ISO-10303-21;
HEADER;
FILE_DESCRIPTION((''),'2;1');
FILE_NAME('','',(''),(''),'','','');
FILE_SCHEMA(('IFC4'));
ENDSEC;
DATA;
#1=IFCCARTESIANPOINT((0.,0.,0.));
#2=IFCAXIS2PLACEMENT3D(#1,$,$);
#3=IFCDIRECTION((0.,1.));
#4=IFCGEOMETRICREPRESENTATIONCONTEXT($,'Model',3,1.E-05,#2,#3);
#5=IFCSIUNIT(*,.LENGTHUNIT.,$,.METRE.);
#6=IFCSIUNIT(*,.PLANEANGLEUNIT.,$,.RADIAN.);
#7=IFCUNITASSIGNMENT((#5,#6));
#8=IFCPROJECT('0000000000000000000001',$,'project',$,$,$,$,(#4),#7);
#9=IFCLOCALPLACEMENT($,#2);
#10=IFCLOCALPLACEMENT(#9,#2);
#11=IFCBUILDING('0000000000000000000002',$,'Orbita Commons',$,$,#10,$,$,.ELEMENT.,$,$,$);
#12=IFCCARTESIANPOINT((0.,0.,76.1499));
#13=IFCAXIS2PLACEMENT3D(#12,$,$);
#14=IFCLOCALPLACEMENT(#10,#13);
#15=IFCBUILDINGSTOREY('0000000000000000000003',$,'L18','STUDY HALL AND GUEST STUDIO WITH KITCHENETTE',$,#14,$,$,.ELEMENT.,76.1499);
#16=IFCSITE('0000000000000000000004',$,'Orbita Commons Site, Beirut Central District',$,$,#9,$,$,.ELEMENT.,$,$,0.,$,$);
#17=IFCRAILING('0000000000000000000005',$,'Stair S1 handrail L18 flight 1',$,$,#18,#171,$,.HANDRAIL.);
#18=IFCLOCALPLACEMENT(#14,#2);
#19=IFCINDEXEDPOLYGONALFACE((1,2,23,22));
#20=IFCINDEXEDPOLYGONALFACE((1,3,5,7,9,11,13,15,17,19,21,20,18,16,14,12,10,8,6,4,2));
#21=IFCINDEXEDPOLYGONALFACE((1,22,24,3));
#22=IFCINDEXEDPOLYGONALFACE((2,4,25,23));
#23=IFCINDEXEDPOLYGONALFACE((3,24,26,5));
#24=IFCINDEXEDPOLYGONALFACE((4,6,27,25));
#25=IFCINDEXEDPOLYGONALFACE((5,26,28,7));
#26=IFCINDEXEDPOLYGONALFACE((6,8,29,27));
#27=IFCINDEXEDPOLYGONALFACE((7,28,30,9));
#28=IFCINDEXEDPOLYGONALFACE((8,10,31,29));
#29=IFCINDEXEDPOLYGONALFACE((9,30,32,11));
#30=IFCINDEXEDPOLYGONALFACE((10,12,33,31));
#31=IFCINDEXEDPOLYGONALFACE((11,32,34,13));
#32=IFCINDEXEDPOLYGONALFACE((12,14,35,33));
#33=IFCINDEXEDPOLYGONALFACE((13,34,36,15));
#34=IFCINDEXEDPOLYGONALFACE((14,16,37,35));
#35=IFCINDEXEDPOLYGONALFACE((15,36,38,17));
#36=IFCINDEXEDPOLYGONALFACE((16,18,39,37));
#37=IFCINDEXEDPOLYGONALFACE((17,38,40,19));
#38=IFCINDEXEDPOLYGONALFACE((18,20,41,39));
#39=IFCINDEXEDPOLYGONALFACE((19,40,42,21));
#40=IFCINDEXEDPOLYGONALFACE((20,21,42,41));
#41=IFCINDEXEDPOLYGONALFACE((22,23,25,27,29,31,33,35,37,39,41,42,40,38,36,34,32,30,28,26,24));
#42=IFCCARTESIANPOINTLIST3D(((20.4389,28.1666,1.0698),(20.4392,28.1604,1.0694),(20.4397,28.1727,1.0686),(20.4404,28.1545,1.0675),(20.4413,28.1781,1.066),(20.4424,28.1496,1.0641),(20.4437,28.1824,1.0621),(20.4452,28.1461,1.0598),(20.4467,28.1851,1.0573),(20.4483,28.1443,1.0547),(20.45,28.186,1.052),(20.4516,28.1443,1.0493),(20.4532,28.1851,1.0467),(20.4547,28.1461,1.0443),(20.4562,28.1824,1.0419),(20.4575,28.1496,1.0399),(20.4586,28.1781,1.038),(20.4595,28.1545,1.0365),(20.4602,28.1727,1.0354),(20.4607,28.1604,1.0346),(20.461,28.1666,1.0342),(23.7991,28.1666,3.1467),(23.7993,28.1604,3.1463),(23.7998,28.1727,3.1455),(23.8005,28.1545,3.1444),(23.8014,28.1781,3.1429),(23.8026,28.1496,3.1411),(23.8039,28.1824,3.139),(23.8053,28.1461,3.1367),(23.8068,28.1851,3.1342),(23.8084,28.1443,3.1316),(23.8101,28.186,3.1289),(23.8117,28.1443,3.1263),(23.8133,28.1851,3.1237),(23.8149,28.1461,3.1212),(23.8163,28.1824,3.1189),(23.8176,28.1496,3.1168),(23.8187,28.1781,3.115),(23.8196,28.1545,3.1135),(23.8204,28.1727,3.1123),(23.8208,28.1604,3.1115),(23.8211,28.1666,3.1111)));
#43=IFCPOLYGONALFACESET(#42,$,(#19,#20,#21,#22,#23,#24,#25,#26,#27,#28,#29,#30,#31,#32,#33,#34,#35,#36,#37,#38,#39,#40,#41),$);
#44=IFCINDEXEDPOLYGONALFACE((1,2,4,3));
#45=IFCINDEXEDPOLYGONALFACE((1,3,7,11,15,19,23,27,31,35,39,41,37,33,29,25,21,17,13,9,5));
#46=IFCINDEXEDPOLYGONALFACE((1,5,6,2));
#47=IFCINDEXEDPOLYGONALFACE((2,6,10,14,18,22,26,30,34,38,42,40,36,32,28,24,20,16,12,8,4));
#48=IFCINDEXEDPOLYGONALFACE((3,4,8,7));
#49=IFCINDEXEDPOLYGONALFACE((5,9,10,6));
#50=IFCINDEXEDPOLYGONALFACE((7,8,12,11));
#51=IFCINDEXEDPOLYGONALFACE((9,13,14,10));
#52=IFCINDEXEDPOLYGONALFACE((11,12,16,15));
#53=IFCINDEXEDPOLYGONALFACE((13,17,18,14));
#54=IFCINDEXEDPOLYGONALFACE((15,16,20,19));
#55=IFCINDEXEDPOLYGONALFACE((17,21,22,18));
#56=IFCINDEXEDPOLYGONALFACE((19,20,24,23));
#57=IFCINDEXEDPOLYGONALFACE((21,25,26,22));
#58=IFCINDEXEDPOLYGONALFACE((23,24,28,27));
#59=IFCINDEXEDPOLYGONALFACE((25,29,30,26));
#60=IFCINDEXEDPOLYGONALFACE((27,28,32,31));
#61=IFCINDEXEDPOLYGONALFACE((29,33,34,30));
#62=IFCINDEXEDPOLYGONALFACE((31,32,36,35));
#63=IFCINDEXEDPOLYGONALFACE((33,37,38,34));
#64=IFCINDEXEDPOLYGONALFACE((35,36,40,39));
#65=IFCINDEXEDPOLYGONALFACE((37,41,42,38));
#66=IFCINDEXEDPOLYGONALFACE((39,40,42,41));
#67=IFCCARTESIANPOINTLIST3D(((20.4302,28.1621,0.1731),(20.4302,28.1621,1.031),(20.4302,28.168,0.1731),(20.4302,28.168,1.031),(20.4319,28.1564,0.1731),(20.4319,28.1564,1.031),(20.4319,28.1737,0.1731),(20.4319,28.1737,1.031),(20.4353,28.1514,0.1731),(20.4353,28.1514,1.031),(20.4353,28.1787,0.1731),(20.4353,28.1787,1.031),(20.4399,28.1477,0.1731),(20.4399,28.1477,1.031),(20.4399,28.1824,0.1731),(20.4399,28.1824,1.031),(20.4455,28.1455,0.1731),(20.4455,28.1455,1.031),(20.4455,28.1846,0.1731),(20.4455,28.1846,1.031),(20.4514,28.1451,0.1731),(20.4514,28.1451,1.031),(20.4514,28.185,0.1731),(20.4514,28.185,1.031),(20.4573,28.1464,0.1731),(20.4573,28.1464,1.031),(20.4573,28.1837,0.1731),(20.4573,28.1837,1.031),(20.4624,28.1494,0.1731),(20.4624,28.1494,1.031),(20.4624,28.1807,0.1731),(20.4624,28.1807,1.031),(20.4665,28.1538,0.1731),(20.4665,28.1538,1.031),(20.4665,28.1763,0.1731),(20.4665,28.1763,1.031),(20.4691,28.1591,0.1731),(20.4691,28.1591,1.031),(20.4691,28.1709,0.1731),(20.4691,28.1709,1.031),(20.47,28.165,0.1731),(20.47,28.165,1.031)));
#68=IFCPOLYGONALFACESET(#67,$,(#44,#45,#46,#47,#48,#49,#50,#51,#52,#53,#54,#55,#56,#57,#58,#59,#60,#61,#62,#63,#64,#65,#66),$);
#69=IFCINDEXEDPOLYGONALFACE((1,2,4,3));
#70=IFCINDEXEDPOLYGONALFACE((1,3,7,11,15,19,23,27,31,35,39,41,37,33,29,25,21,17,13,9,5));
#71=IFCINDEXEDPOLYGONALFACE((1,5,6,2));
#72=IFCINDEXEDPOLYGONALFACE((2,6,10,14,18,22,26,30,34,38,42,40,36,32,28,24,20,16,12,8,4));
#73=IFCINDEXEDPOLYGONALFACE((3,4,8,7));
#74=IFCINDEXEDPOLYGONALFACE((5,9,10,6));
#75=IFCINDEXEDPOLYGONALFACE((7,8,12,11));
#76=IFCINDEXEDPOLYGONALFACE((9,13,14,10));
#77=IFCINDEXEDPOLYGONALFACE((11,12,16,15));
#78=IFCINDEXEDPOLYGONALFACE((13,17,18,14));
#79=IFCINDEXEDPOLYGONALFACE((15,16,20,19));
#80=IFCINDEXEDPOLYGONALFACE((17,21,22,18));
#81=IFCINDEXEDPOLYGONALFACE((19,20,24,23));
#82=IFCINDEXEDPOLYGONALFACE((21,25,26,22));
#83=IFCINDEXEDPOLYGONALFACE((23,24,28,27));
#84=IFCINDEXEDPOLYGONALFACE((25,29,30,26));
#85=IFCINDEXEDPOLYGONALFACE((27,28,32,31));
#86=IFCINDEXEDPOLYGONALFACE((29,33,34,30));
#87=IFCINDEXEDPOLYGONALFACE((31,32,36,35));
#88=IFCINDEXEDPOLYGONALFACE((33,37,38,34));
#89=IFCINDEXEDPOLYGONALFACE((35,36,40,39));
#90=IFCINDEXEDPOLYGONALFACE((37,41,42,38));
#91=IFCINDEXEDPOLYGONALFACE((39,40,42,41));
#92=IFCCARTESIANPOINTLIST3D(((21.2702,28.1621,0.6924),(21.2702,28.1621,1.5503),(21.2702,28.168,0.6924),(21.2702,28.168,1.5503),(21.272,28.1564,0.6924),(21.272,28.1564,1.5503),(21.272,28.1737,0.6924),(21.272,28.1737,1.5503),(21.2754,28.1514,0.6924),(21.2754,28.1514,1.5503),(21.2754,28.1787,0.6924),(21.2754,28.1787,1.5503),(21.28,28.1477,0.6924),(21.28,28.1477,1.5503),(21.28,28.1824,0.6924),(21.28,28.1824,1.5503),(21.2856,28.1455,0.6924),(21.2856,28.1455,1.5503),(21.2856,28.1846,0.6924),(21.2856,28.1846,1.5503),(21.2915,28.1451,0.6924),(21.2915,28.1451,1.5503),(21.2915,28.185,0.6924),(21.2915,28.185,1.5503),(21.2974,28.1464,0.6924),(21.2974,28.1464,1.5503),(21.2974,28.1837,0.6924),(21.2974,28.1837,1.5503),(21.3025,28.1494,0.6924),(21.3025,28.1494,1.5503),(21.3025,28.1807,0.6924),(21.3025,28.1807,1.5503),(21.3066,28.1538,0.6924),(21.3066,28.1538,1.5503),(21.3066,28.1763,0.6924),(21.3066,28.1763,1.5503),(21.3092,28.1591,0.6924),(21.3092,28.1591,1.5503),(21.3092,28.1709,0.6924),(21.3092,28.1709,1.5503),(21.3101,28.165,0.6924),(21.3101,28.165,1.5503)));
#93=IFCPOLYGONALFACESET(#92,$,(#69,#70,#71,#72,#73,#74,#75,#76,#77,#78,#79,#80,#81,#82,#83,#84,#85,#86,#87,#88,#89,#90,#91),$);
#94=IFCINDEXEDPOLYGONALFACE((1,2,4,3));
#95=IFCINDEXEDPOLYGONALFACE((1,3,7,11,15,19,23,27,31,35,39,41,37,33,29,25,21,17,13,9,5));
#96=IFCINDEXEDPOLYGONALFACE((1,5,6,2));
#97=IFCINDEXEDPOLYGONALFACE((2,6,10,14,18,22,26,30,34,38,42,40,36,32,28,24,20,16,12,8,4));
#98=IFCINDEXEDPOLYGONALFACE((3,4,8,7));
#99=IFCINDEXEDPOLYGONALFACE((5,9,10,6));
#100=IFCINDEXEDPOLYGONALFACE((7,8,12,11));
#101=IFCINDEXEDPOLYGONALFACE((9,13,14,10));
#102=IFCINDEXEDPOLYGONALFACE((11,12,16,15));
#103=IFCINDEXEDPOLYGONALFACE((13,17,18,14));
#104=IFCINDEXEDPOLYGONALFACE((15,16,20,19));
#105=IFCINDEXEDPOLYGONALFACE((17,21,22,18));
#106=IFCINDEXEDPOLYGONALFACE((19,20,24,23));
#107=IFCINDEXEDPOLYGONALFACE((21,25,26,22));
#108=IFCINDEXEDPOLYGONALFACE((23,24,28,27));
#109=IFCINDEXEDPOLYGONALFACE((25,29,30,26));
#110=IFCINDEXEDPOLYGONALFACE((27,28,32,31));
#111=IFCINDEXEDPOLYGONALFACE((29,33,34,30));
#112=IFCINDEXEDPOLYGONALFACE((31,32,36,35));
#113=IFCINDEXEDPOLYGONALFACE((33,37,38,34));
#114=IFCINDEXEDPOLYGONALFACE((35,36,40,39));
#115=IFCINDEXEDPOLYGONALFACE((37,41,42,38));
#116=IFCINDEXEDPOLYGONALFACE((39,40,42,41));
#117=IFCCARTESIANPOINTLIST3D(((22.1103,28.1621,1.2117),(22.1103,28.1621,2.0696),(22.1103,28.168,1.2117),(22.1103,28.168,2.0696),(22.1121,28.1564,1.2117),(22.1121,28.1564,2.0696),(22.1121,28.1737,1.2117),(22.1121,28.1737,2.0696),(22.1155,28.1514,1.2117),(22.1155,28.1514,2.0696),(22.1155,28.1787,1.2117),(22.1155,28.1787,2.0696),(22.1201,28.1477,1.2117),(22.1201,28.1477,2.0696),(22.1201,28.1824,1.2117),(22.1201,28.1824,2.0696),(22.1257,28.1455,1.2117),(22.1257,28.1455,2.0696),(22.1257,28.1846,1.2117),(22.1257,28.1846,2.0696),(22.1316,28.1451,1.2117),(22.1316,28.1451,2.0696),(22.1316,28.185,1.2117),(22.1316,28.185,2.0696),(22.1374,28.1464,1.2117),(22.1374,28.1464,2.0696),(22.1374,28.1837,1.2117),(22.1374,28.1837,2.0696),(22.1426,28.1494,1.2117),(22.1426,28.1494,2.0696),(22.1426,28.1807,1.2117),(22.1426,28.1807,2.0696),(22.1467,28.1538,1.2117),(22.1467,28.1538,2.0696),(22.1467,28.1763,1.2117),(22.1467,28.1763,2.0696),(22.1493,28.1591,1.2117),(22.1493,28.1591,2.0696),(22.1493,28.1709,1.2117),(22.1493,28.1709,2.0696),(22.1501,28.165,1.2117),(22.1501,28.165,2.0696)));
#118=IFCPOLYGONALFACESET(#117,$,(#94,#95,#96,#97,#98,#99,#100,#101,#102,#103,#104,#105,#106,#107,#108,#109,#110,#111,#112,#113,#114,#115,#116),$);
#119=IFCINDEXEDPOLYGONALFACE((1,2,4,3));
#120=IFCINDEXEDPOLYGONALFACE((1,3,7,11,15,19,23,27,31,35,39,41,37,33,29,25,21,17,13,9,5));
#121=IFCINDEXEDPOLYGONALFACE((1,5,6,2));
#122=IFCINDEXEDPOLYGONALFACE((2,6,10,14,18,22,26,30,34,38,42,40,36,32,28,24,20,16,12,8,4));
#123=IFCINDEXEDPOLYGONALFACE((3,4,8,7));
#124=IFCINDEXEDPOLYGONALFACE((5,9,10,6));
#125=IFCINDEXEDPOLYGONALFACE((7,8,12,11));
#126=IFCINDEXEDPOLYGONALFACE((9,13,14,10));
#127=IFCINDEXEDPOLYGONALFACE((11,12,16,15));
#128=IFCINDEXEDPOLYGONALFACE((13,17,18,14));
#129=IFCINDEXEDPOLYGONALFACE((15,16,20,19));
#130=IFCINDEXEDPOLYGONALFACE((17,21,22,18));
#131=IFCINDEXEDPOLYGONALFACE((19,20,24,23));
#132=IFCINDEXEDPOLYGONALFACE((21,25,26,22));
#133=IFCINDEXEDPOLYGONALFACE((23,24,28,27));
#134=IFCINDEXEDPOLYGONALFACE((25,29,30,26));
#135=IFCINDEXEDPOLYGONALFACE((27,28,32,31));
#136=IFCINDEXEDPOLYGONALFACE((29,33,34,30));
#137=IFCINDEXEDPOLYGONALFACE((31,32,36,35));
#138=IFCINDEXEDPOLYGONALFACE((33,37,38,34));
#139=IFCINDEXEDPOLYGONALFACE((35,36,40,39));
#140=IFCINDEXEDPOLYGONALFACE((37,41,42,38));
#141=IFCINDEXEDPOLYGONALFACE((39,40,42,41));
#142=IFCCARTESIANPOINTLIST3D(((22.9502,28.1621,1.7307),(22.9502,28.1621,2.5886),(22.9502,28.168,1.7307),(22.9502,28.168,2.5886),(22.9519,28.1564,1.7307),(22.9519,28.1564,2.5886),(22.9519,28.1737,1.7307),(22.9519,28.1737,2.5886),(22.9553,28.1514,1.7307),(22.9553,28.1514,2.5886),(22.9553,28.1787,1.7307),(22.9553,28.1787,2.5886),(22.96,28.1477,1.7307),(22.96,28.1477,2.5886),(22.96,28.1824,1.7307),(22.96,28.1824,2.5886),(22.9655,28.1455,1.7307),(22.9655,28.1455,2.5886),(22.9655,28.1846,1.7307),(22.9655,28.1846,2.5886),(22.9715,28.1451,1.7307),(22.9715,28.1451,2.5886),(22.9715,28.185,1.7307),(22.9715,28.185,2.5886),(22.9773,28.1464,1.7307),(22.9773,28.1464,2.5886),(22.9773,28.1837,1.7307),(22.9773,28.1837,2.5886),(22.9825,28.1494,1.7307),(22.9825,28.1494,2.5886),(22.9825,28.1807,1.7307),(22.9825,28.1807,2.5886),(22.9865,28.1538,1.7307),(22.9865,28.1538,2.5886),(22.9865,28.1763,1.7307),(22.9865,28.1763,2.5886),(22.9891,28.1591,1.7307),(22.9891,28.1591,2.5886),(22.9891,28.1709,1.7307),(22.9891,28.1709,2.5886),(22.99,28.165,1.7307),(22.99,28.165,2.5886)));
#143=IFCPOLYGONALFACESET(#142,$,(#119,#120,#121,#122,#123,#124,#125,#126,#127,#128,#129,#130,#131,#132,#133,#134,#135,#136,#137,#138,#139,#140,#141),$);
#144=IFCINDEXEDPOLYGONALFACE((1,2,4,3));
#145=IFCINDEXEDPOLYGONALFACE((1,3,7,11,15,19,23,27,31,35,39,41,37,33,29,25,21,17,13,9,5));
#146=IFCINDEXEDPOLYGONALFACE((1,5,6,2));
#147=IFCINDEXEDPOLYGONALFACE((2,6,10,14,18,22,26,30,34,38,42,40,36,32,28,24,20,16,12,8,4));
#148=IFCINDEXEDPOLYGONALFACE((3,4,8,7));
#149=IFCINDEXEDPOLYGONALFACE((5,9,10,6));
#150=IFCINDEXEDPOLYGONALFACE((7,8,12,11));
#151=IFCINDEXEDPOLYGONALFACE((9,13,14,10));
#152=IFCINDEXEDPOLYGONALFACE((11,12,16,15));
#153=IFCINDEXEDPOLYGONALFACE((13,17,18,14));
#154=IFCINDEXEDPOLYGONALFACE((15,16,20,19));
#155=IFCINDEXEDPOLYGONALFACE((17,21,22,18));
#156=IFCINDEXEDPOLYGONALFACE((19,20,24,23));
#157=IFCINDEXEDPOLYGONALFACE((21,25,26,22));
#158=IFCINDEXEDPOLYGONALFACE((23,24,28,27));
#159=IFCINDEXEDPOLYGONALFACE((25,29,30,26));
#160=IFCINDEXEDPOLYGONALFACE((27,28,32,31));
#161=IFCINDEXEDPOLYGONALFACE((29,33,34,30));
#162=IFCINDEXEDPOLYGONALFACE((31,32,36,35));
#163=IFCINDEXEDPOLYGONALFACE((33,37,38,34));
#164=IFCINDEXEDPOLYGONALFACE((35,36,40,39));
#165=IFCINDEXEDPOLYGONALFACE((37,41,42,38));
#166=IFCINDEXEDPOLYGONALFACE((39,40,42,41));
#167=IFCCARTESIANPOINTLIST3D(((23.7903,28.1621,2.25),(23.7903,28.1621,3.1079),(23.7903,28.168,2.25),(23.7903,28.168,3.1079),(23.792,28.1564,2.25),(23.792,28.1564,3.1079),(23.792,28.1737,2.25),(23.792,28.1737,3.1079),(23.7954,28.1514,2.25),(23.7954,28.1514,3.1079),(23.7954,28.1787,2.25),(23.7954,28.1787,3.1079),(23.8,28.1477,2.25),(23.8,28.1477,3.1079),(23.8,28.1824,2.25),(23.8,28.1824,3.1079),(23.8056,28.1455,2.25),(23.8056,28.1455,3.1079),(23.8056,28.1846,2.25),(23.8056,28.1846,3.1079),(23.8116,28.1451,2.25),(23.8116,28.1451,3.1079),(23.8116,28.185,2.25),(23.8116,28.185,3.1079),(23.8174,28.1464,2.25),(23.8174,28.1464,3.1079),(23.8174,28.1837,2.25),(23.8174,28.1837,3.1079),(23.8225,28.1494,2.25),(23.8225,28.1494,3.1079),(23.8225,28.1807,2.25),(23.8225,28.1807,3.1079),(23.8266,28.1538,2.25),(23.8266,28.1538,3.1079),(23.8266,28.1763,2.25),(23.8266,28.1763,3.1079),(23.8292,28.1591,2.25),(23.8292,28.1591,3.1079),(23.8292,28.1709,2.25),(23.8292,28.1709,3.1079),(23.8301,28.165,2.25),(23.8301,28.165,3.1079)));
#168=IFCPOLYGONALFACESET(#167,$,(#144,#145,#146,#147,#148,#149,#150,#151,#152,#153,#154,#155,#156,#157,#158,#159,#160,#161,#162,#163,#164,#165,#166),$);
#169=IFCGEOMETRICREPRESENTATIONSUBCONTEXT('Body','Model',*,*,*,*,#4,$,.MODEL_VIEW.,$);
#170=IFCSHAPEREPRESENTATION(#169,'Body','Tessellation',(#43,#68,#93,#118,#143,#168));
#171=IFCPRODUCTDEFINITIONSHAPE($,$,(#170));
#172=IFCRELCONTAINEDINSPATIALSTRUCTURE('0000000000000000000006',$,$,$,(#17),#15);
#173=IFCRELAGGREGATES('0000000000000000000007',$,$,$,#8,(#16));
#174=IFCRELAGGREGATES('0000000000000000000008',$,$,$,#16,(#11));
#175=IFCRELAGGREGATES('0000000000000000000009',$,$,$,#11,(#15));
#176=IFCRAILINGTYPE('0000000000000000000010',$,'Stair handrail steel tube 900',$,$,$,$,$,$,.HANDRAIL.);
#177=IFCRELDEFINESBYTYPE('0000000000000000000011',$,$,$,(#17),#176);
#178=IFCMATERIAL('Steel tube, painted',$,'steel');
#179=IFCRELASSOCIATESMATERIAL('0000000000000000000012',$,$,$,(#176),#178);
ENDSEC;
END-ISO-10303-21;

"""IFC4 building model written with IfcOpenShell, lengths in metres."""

from ifc_helpers import new_model, si_unit, direction, frame, origin, origin_2d, place, context, subcontext, project, spatial, circle, extrude, material, type_object, element, save


model = new_model("IFC4")

# Units and contexts
model_context = context("Model", 3, precision=1e-05, world=origin(), true_north=direction((0.0, 1.0)))
body_context = subcontext(model_context, "Body", "Model", "MODEL_VIEW")
ifc_project = project(units=[si_unit("LENGTHUNIT", "METRE"), si_unit("PLANEANGLEUNIT", "RADIAN")], contexts=[model_context])

# Site, building, storey
site_placement = place(None, origin())
site = spatial("IfcSite", under=ifc_project, at=site_placement, Name="Orbita Commons Site, Beirut Central District", CompositionType="ELEMENT", RefElevation=0.0)
building_placement = place(site_placement, origin())
building = spatial("IfcBuilding", under=site, at=building_placement, Name="Orbita Commons", CompositionType="ELEMENT")
storey_placement = place(building_placement, frame((0.0, 0.0, 76.1499)))
storey = spatial("IfcBuildingStorey", under=building, at=storey_placement, Name="L18", Description="STUDY HALL AND GUEST STUDIO WITH KITCHENETTE", CompositionType="ELEMENT", Elevation=76.1499)

# Railing
ifc_material = material(Name="Steel tube, painted", Category="steel")
railing_type = type_object("IfcRailingType", Name="Stair handrail steel tube 900", PredefinedType="HANDRAIL", material=ifc_material)
railing_placement = place(storey_placement, frame((20.45, 28.165, 0.1731)))
element("IfcRailing", 1, at=railing_placement, inside=storey, type_object=railing_type, Name="Stair S1 handrail L18 flight 1", PredefinedType="HANDRAIL", context=body_context, shape_type="SweptSolid", body=[
    extrude(circle(Radius=0.021, at=origin_2d()), frame((0.0, 0.0, 0.8789), z_axis=(0.850623, 0.0, 0.525776), x_axis=(0.0, 1.0, 0.0)), (0.0, 0.0, 1.0), 3.9502),
    extrude(circle(Radius=0.02, at=origin_2d()), origin(), (0.0, 0.0, 1.0), 0.8579),
    extrude(circle(Radius=0.02, at=origin_2d()), frame((0.8401, 0.0, 0.5193)), (0.0, 0.0, 1.0), 0.8579),
    extrude(circle(Radius=0.02, at=origin_2d()), frame((1.6802, 0.0, 1.0386)), (0.0, 0.0, 1.0), 0.8579),
    extrude(circle(Radius=0.02, at=origin_2d()), frame((2.52, 0.0, 1.5576)), (0.0, 0.0, 1.0), 0.8579),
    extrude(circle(Radius=0.02, at=origin_2d()), frame((3.3601, 0.0, 2.0769)), (0.0, 0.0, 1.0), 0.8579),
])

save(model, "model.ifc")
